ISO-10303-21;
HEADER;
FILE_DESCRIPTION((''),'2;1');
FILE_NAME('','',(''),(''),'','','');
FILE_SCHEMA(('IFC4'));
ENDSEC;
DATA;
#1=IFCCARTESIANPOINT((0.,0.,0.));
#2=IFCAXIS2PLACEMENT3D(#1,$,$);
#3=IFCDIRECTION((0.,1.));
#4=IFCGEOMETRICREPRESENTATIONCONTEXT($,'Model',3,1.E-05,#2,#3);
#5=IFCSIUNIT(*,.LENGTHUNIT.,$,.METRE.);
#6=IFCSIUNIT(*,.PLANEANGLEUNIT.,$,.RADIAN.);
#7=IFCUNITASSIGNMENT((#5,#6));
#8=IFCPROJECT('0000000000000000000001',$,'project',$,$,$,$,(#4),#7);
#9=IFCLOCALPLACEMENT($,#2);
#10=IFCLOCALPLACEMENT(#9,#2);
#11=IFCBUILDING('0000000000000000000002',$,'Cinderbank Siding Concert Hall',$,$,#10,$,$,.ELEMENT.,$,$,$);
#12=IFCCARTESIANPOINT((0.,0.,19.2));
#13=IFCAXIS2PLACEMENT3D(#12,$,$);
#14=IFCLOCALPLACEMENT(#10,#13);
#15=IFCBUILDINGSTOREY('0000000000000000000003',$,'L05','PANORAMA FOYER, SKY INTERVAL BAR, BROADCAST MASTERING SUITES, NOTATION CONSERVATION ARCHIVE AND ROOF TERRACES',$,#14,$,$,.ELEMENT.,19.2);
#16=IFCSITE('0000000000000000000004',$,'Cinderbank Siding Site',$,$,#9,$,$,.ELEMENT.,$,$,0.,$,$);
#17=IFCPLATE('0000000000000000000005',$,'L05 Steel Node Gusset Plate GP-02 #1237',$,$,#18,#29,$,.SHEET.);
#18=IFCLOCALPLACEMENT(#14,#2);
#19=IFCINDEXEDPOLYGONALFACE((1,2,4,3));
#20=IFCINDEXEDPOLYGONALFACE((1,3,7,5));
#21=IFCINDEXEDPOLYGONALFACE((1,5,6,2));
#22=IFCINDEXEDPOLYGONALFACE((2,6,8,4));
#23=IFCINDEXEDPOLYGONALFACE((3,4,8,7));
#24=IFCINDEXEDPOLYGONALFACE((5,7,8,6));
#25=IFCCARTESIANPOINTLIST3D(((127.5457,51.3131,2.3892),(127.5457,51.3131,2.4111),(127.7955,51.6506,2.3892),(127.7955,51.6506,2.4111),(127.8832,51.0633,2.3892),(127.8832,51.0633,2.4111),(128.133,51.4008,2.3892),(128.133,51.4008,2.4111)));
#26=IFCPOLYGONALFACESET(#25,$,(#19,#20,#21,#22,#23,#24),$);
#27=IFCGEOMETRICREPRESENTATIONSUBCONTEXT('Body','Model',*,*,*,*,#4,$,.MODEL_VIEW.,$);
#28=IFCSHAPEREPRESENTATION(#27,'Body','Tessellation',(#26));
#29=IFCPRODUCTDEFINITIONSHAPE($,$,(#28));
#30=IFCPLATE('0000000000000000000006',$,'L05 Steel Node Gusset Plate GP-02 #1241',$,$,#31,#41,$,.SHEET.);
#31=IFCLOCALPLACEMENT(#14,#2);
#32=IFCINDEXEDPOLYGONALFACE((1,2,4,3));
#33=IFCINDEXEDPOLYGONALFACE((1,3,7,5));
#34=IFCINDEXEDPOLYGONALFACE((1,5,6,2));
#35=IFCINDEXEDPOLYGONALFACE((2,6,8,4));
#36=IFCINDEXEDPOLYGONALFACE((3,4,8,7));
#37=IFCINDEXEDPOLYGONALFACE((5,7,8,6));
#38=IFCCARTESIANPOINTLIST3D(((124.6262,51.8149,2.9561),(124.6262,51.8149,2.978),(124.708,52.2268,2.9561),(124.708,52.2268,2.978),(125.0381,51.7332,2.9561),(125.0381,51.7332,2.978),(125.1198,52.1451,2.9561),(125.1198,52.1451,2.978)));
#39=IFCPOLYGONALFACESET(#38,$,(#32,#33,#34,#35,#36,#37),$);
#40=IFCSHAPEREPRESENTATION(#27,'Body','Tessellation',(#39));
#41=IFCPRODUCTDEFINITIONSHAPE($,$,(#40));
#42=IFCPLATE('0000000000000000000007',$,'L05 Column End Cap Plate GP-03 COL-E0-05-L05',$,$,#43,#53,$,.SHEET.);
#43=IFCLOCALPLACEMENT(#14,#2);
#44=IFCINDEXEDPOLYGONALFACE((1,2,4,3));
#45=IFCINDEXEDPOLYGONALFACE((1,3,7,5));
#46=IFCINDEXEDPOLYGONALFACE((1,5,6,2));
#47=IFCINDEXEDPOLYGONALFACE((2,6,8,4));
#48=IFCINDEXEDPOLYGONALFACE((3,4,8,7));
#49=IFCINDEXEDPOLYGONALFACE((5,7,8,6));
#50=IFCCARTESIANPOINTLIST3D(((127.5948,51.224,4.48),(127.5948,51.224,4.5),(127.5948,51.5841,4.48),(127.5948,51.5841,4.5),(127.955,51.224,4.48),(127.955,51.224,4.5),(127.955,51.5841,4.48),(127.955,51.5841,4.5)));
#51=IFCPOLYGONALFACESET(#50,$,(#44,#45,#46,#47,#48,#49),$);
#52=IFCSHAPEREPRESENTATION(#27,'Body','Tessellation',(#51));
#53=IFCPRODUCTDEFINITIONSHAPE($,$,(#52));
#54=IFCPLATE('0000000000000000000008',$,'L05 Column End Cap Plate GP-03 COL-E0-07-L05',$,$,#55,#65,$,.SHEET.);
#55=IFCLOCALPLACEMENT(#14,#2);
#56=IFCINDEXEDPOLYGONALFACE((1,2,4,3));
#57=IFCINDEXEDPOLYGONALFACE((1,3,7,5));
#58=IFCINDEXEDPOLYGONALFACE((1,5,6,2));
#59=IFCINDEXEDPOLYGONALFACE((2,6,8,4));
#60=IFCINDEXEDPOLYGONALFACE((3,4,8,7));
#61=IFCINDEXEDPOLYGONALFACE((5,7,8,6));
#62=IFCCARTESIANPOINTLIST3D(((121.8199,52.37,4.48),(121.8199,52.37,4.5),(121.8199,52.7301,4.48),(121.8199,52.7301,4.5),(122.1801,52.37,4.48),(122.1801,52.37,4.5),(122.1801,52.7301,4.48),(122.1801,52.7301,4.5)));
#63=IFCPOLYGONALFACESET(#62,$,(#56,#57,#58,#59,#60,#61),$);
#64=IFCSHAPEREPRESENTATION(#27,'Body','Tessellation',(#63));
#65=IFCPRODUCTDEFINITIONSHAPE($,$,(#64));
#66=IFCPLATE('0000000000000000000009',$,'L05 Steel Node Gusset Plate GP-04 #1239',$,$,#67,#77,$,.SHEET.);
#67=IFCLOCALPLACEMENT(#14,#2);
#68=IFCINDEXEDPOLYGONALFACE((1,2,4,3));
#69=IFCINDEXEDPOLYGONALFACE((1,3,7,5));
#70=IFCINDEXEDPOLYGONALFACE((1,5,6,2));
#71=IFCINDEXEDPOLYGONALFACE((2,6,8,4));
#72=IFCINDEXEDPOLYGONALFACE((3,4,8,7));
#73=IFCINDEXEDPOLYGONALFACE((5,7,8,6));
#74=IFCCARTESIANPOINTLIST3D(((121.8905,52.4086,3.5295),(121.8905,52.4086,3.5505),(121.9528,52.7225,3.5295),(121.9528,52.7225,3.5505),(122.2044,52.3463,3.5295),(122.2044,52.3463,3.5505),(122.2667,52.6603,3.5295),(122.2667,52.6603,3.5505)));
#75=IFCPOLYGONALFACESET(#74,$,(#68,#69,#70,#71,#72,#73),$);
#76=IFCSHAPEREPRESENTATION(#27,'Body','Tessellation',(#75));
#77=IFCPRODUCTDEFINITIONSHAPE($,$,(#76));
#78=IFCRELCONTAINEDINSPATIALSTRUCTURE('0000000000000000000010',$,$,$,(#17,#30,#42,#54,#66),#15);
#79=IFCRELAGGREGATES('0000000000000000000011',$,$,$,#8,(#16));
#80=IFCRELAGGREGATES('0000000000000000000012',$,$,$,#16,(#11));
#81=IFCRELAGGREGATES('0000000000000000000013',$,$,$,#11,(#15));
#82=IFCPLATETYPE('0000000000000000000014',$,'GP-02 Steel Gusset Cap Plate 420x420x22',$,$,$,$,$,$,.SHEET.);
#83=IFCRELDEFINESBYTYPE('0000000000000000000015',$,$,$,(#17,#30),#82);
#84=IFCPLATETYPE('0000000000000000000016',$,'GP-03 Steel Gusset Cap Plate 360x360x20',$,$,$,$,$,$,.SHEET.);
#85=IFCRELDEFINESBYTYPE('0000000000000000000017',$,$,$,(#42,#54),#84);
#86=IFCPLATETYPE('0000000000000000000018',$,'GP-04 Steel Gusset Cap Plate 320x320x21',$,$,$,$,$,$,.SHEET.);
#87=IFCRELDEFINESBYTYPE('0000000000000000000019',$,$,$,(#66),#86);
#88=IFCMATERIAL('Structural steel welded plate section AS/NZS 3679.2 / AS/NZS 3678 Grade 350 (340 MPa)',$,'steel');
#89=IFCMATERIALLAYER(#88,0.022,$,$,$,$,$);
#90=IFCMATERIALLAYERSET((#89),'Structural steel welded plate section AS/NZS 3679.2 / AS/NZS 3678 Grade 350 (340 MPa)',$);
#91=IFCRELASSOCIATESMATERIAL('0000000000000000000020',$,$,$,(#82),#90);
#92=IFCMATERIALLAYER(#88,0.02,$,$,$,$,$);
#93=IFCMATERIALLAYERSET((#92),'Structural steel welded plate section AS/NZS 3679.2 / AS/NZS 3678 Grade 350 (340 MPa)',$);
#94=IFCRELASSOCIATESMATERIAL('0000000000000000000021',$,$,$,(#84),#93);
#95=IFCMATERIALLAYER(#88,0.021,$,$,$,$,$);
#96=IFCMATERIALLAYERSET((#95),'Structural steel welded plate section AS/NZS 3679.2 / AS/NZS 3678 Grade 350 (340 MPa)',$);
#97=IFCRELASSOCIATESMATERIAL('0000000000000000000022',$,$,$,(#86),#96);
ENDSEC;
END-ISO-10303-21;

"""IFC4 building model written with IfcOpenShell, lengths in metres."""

from ifc_helpers import new_model, si_unit, direction, frame, origin, origin_2d, place, context, subcontext, project, spatial, rectangle, extrude, material, layer, layer_set, type_object, element, save


model = new_model("IFC4")

# Units and contexts
model_context = context("Model", 3, precision=1e-05, world=origin(), true_north=direction((0.0, 1.0)))
body_context = subcontext(model_context, "Body", "Model", "MODEL_VIEW")
ifc_project = project(units=[si_unit("LENGTHUNIT", "METRE"), si_unit("PLANEANGLEUNIT", "RADIAN")], contexts=[model_context])

# Site, building, storey
site_placement = place(None, origin())
site = spatial("IfcSite", under=ifc_project, at=site_placement, Name="Cinderbank Siding Site", CompositionType="ELEMENT", RefElevation=0.0)
building_placement = place(site_placement, origin())
building = spatial("IfcBuilding", under=site, at=building_placement, Name="Cinderbank Siding Concert Hall", CompositionType="ELEMENT")
storey_placement = place(building_placement, frame((0.0, 0.0, 19.2)))
storey = spatial("IfcBuildingStorey", under=building, at=storey_placement, Name="L05", Description="PANORAMA FOYER, SKY INTERVAL BAR, BROADCAST MASTERING SUITES, NOTATION CONSERVATION ARCHIVE AND ROOF TERRACES", CompositionType="ELEMENT", Elevation=19.2)

# Plates
ifc_material_1 = material(Name="Structural steel welded plate section AS/NZS 3679.2 / AS/NZS 3678 Grade 350 (340 MPa)", Category="steel")
ifc_layer_1 = layer(ifc_material_1, 0.022)
ifc_layer_set_1 = layer_set([ifc_layer_1], Name="Structural steel welded plate section AS/NZS 3679.2 / AS/NZS 3678 Grade 350 (340 MPa)")
plate_type_1 = type_object("IfcPlateType", Name="GP-02 Steel Gusset Cap Plate 420x420x22", PredefinedType="SHEET", material=ifc_layer_set_1)
for number, where, z_axis, x_axis, name in (
    (1, (127.8394, 51.3569, 2.3892), (0.0, 0.0, 1.0), (0.803753, -0.594963, 0.0), "L05 Steel Node Gusset Plate GP-02 #1237"),
    (2, (124.873, 51.98, 2.9561), (0.0, 0.0, 1.0), (0.980887, -0.194577, 0.0), "L05 Steel Node Gusset Plate GP-02 #1241"),
):
    element("IfcPlate", number, at=place(storey_placement, frame(where, z_axis=z_axis, x_axis=x_axis)), inside=storey, type_object=plate_type_1, Name=name, PredefinedType="SHEET", context=body_context, shape_type="SweptSolid", body=[
        extrude(rectangle(XDim=0.4199, YDim=0.4199, at=origin_2d()), origin(), (0.0, 0.0, 1.0), 0.022),
    ])
ifc_layer_2 = layer(ifc_material_1, 0.02)
ifc_layer_set_2 = layer_set([ifc_layer_2], Name="Structural steel welded plate section AS/NZS 3679.2 / AS/NZS 3678 Grade 350 (340 MPa)")
plate_type_2 = type_object("IfcPlateType", Name="GP-03 Steel Gusset Cap Plate 360x360x20", PredefinedType="SHEET", material=ifc_layer_set_2)
for number, where, z_axis, x_axis, name in (
    (3, (127.7749, 51.4041, 4.48), (0.0, 0.0, 1.0), (1.0, 0.0, 0.0), "L05 Column End Cap Plate GP-03 COL-E0-05-L05"),
    (4, (122.0, 52.55, 4.48), (0.0, 0.0, 1.0), (1.0, 0.0, 0.0), "L05 Column End Cap Plate GP-03 COL-E0-07-L05"),
):
    element("IfcPlate", number, at=place(storey_placement, frame(where, z_axis=z_axis, x_axis=x_axis)), inside=storey, type_object=plate_type_2, Name=name, PredefinedType="SHEET", context=body_context, shape_type="SweptSolid", body=[
        extrude(rectangle(XDim=0.3601, YDim=0.3601, at=origin_2d()), origin(), (0.0, 0.0, 1.0), 0.02),
    ])
ifc_layer_3 = layer(ifc_material_1, 0.021)
ifc_layer_set_3 = layer_set([ifc_layer_3], Name="Structural steel welded plate section AS/NZS 3679.2 / AS/NZS 3678 Grade 350 (340 MPa)")
plate_type_3 = type_object("IfcPlateType", Name="GP-04 Steel Gusset Cap Plate 320x320x21", PredefinedType="SHEET", material=ifc_layer_set_3)
plate_placement = place(storey_placement, frame((122.0786, 52.5344, 3.5295), z_axis=(0.0, 0.0, 1.0), x_axis=(-0.980887, 0.194577, 0.0)))
element("IfcPlate", 5, at=plate_placement, inside=storey, type_object=plate_type_3, Name="L05 Steel Node Gusset Plate GP-04 #1239", PredefinedType="SHEET", context=body_context, shape_type="SweptSolid", body=[
    extrude(rectangle(XDim=0.3201, YDim=0.3201, at=origin_2d()), origin(), (0.0, 0.0, 1.0), 0.021),
])

save(model, "model.ifc")
